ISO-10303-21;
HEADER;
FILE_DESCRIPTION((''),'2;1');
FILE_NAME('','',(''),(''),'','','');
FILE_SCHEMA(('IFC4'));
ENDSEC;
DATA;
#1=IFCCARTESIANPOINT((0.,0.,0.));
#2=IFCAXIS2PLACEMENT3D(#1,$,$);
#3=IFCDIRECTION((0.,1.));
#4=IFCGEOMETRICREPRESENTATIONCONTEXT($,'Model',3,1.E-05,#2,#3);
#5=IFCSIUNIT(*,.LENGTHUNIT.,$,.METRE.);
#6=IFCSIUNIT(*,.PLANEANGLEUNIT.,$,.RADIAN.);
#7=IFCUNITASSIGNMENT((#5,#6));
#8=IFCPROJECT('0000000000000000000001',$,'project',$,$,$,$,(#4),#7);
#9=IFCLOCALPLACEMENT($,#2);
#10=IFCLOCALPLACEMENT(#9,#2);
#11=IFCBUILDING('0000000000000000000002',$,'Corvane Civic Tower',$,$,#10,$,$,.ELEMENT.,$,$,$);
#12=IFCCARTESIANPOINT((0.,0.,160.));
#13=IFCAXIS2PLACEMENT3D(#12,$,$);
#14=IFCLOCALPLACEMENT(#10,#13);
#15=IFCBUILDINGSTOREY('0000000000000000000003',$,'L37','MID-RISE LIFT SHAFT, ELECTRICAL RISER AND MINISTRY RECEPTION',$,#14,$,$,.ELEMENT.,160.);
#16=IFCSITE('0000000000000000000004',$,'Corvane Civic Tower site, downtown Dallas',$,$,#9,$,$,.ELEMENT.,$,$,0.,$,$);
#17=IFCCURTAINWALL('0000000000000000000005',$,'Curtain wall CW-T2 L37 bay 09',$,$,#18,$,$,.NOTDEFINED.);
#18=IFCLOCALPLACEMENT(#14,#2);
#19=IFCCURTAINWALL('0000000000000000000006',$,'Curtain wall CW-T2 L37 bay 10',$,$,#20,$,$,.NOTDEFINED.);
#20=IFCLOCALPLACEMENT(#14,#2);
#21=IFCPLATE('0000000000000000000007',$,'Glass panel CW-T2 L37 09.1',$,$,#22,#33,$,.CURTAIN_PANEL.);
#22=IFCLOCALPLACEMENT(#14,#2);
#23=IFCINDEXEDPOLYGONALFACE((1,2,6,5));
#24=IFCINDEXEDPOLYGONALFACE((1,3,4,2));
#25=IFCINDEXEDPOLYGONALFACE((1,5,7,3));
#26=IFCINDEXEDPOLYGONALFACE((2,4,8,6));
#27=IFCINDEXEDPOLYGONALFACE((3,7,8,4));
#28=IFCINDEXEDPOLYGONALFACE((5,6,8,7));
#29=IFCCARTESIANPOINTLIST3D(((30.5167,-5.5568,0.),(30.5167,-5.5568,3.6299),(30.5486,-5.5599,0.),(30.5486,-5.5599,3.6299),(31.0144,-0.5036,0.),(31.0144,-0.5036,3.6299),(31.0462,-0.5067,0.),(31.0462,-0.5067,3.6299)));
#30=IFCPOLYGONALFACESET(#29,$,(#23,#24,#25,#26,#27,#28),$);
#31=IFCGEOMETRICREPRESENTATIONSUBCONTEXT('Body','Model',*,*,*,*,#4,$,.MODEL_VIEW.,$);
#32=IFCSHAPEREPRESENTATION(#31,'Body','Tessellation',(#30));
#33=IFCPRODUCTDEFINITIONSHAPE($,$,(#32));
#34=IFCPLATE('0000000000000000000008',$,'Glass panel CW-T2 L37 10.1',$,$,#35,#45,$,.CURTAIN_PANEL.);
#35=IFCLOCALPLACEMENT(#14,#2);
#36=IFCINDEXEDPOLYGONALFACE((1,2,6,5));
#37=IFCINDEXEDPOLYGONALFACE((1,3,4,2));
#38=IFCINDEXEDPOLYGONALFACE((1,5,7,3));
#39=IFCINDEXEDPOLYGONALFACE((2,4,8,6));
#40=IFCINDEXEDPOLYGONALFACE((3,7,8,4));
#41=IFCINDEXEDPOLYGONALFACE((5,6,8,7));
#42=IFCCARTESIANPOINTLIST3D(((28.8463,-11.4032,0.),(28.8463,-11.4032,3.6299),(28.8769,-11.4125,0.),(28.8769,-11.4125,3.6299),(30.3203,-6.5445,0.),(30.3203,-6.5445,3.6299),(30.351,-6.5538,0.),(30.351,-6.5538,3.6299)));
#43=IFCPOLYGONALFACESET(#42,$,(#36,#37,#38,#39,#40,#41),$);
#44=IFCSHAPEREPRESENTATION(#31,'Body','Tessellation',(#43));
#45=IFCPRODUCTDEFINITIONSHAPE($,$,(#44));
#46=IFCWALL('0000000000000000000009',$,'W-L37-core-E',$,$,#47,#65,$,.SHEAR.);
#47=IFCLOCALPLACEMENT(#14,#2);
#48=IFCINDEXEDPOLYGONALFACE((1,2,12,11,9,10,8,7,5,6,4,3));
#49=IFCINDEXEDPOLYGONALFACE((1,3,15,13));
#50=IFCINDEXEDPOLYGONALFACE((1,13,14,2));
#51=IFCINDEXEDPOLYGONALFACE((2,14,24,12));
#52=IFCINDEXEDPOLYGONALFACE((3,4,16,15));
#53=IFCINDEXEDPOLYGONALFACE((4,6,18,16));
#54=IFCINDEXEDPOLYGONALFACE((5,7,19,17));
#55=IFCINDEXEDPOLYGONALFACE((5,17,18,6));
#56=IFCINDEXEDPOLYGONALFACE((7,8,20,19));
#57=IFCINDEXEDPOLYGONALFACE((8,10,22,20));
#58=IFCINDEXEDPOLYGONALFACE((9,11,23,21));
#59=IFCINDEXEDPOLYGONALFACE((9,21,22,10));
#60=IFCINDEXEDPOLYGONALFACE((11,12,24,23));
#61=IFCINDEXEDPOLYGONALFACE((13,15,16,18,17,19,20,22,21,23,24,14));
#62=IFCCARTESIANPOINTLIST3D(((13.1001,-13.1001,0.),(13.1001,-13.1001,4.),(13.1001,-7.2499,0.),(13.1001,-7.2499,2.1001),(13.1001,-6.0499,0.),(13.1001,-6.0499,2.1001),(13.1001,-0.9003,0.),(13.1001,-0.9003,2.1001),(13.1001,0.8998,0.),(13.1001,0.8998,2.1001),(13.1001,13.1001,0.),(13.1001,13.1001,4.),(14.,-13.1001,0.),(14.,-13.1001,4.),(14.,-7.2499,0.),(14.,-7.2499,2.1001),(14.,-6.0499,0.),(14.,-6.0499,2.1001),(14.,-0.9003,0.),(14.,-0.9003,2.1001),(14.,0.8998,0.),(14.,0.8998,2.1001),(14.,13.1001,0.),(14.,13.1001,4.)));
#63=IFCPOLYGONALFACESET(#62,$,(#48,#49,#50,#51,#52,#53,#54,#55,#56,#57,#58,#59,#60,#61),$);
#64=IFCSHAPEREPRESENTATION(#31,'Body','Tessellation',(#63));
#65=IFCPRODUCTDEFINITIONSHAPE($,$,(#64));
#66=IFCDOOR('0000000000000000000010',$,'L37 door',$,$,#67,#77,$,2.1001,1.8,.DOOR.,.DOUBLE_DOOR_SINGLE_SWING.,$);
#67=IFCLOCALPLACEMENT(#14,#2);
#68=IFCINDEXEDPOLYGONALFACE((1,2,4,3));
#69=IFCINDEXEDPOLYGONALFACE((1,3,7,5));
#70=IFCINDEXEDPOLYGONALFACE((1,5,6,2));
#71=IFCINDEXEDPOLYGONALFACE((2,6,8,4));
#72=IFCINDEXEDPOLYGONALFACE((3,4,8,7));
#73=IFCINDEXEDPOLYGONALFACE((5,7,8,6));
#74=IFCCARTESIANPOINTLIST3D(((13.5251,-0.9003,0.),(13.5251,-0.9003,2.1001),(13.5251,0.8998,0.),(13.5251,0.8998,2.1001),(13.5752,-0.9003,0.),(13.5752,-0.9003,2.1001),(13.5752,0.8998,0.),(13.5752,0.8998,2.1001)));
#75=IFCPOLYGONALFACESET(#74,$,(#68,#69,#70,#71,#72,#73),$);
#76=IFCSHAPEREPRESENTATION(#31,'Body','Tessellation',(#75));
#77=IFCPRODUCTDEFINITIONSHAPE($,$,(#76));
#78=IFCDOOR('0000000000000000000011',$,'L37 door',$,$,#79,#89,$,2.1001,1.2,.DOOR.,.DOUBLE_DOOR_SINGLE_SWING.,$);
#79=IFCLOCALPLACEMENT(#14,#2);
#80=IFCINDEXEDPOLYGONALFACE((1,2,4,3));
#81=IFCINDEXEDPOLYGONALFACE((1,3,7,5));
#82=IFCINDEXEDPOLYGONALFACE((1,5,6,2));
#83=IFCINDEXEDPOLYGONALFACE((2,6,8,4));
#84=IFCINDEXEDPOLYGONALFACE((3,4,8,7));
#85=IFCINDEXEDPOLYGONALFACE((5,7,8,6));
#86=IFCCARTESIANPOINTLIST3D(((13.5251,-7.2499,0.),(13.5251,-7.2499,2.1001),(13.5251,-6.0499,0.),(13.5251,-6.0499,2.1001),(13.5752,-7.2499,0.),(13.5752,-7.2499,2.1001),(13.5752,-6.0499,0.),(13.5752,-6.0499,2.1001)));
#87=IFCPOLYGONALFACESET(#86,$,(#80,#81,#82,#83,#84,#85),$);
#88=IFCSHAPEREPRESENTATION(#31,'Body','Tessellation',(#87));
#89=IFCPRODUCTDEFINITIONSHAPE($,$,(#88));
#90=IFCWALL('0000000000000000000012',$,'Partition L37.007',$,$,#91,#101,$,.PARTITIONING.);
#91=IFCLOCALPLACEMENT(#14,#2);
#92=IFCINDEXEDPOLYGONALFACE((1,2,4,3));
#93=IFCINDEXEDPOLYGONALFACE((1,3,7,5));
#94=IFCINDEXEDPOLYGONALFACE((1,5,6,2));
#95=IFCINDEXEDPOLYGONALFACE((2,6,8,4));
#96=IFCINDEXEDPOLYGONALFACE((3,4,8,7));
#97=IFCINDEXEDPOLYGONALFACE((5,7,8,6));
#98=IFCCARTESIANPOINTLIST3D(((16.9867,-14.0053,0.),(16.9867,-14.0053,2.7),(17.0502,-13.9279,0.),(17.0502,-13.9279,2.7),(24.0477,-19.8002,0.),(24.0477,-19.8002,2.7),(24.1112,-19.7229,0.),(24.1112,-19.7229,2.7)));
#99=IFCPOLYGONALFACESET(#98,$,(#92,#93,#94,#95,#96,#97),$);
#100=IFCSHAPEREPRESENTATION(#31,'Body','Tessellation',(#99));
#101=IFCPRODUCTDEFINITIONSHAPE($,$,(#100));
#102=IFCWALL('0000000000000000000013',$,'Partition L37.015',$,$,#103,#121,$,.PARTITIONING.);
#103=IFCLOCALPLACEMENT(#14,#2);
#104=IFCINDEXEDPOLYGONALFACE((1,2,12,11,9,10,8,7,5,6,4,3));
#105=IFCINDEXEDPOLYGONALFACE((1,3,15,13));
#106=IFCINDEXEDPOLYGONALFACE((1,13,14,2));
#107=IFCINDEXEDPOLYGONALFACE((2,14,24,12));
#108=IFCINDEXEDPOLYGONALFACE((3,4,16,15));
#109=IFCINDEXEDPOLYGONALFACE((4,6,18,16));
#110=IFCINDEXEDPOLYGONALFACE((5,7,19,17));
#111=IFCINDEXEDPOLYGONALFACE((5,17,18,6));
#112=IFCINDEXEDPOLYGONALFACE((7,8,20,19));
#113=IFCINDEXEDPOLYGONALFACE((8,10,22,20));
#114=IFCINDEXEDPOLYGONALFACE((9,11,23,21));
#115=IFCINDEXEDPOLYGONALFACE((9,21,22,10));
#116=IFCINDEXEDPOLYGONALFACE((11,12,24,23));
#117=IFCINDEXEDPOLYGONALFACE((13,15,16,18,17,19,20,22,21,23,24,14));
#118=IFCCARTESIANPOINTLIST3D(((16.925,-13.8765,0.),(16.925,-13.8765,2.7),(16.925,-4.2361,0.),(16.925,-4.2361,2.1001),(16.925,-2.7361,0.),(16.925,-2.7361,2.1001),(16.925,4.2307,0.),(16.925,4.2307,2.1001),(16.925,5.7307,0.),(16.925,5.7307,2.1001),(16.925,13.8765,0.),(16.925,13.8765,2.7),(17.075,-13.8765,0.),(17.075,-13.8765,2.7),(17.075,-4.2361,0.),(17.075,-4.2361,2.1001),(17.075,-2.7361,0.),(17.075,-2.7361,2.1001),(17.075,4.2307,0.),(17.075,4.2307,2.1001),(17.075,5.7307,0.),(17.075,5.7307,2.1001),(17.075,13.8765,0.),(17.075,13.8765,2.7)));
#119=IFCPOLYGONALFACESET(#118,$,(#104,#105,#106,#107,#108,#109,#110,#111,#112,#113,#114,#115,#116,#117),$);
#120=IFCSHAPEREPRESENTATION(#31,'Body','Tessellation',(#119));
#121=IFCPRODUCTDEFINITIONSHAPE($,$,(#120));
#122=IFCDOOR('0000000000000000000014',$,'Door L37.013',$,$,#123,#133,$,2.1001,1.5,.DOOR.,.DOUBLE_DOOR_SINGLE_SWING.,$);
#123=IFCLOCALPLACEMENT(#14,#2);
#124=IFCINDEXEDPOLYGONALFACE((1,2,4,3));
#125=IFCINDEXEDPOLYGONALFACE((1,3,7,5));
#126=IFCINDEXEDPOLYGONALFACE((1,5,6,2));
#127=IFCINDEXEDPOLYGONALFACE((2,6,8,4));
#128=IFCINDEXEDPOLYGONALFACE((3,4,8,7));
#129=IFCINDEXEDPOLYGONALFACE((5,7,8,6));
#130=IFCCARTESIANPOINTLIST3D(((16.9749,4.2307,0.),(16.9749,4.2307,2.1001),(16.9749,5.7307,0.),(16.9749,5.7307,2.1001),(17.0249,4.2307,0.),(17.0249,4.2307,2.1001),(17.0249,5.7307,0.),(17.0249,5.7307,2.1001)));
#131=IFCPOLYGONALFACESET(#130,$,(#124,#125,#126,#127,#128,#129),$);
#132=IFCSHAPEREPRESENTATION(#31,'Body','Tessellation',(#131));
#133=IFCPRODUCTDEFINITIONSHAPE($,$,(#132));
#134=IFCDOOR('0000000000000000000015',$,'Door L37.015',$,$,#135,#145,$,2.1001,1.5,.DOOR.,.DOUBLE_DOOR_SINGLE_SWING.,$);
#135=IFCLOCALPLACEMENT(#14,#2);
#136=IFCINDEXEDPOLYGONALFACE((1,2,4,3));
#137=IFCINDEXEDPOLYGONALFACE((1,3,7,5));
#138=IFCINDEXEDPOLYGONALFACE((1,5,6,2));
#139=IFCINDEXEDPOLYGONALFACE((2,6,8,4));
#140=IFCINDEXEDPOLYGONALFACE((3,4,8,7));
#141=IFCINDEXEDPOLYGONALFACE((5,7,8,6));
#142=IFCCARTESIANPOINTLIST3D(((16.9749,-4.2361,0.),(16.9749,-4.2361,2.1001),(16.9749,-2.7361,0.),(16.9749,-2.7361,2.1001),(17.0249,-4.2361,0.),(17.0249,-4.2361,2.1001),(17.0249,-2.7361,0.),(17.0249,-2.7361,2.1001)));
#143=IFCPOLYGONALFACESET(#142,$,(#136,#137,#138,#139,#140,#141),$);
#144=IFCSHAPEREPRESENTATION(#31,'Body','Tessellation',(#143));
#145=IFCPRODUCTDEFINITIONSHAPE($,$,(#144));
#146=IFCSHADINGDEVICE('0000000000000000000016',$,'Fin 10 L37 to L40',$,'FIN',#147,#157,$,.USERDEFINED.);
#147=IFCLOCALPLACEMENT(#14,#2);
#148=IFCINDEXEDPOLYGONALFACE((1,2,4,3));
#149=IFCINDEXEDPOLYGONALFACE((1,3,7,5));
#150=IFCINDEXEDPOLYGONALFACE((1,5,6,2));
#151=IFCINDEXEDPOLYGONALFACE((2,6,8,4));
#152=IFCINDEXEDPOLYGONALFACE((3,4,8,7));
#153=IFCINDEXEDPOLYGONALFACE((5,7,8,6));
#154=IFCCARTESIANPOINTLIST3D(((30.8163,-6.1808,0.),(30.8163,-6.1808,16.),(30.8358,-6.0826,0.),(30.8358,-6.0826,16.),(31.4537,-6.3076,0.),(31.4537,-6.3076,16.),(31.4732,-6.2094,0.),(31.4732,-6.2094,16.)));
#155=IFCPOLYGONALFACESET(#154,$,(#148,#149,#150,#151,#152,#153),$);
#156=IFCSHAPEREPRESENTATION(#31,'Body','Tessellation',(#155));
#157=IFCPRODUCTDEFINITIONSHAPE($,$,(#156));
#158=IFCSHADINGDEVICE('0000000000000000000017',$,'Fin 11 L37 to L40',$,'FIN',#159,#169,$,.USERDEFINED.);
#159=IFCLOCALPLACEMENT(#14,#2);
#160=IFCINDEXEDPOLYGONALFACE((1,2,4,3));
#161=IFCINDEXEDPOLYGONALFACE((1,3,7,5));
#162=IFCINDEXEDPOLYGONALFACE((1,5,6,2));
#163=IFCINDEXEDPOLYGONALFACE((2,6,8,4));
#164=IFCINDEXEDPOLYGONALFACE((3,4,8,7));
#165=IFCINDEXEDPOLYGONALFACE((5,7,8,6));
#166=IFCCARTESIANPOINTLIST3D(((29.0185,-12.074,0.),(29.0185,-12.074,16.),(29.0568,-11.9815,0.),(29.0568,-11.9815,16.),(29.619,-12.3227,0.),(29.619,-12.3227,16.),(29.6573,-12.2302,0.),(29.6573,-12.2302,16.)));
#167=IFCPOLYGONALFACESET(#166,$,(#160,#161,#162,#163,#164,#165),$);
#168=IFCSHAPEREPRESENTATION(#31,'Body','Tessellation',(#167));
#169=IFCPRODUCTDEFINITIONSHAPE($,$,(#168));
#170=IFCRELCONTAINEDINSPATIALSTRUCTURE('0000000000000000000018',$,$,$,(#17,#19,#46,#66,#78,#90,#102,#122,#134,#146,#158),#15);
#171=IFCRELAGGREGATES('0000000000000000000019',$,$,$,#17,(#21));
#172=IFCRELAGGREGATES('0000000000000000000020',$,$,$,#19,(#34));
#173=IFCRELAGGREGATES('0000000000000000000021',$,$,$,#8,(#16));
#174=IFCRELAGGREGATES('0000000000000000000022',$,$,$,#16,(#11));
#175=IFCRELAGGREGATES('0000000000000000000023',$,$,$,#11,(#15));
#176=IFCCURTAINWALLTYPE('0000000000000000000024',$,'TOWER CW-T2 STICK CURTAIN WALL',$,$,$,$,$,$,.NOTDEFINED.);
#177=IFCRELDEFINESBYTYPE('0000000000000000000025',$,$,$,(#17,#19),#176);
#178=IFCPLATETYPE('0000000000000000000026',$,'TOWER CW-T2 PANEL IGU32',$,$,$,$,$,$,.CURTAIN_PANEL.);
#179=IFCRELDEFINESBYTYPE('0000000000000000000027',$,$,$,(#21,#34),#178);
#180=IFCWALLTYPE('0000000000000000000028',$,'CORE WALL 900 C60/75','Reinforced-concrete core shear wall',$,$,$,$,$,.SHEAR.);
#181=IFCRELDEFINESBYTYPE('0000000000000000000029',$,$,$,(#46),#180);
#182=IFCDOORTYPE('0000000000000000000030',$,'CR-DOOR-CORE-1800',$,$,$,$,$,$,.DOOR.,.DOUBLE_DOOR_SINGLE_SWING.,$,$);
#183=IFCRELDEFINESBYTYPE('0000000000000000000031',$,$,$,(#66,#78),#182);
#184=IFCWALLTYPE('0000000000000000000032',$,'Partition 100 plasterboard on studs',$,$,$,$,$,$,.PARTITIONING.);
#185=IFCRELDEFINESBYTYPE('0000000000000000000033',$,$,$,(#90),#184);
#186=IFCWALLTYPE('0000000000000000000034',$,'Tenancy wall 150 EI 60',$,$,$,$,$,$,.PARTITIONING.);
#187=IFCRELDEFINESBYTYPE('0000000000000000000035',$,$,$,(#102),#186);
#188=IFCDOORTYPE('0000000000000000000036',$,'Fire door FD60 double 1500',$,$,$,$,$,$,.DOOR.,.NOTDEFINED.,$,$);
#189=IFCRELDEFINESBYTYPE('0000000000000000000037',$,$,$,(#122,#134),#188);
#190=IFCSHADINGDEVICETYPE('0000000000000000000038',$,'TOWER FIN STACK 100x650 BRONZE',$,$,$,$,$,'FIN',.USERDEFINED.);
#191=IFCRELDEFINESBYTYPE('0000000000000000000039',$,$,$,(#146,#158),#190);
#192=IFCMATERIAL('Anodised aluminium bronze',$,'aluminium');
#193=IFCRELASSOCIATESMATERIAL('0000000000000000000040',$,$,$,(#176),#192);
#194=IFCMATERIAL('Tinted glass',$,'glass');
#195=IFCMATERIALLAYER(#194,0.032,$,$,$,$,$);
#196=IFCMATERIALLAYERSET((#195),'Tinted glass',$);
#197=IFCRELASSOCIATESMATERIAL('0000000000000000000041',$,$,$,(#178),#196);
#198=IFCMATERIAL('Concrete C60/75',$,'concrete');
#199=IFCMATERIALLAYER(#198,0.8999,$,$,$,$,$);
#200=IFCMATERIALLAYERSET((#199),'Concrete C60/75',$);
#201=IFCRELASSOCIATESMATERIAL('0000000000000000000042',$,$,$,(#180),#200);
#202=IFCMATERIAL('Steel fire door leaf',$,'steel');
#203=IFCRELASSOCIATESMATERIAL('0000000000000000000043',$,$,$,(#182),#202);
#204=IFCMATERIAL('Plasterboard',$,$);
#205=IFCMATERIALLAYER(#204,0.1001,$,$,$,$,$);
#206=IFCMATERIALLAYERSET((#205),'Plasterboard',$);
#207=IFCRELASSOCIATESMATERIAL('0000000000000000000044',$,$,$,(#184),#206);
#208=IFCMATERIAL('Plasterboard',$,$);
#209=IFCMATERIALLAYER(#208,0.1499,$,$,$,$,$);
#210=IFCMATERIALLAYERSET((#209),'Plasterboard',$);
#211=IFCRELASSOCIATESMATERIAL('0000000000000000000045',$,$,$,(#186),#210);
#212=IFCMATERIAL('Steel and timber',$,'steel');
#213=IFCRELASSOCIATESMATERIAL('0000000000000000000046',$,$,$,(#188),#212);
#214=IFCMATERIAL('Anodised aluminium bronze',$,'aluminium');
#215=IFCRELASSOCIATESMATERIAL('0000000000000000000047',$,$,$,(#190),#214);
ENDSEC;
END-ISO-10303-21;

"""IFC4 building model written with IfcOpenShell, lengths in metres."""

from ifc_helpers import new_model, si_unit, direction, frame, frame_2d, origin, origin_2d, place, context, subcontext, project, spatial, rectangle, extrude, material, layer, layer_set, material_profile, profile_set, type_object, element, fill, aggregate, save


model = new_model("IFC4")

# Units and contexts
model_context = context("Model", 3, precision=1e-05, world=origin(), true_north=direction((0.0, 1.0)))
body_context = subcontext(model_context, "Body", "Model", "MODEL_VIEW")
ifc_project = project(units=[si_unit("LENGTHUNIT", "METRE"), si_unit("PLANEANGLEUNIT", "RADIAN")], contexts=[model_context])

# Site, building, storey
site_placement = place(None, origin())
site = spatial("IfcSite", under=ifc_project, at=site_placement, Name="Corvane Civic Tower site, downtown Dallas", CompositionType="ELEMENT", RefElevation=0.0)
building_placement = place(site_placement, origin())
building = spatial("IfcBuilding", under=site, at=building_placement, Name="Corvane Civic Tower", CompositionType="ELEMENT")
storey_placement = place(building_placement, frame((0.0, 0.0, 160.0)))
storey = spatial("IfcBuildingStorey", under=building, at=storey_placement, Name="L37", Description="MID-RISE LIFT SHAFT, ELECTRICAL RISER AND MINISTRY RECEPTION", CompositionType="ELEMENT", Elevation=160.0)

# Curtain walls
ifc_material_1 = material(Name="Anodised aluminium bronze", Category="aluminium")
curtain_wall_type = type_object("IfcCurtainWallType", Name="TOWER CW-T2 STICK CURTAIN WALL", PredefinedType="NOTDEFINED", material=ifc_material_1)
curtain_wall_1_placement = place(storey_placement, origin())
curtain_wall_1 = element("IfcCurtainWall", 1, at=curtain_wall_1_placement, inside=storey, type_object=curtain_wall_type, Name="Curtain wall CW-T2 L37 bay 09", PredefinedType="NOTDEFINED")
curtain_wall_2_placement = place(storey_placement, origin())
curtain_wall_2 = element("IfcCurtainWall", 2, at=curtain_wall_2_placement, inside=storey, type_object=curtain_wall_type, Name="Curtain wall CW-T2 L37 bay 10", PredefinedType="NOTDEFINED")

# Plates
ifc_material_2 = material(Name="Tinted glass", Category="glass")
ifc_layer_1 = layer(ifc_material_2, 0.032)
ifc_layer_set_1 = layer_set([ifc_layer_1], Name="Tinted glass")
plate_type = type_object("IfcPlateType", Name="TOWER CW-T2 PANEL IGU32", PredefinedType="CURTAIN_PANEL", material=ifc_layer_set_1)
plate_1_placement = place(storey_placement, frame((30.7815, -3.0317, 0.0), z_axis=(0.0, 0.0, 1.0), x_axis=(-0.098012, -0.995185, 0.0)))
plate_1 = element("IfcPlate", 3, at=plate_1_placement, type_object=plate_type, Name="Glass panel CW-T2 L37 09.1", PredefinedType="CURTAIN_PANEL", context=body_context, shape_type="SweptSolid", body=[
    extrude(rectangle(XDim=5.0776, YDim=0.032, at=origin_2d()), origin(), (0.0, 0.0, 1.0), 3.6299),
])
aggregate(curtain_wall_1, [plate_1])
plate_2_placement = place(storey_placement, frame((29.5986, -8.9785, 0.0), z_axis=(0.0, 0.0, 1.0), x_axis=(-0.290313, -0.956932, 0.0)))
plate_2 = element("IfcPlate", 4, at=plate_2_placement, type_object=plate_type, Name="Glass panel CW-T2 L37 10.1", PredefinedType="CURTAIN_PANEL", context=body_context, shape_type="SweptSolid", body=[
    extrude(rectangle(XDim=5.0774, YDim=0.032, at=origin_2d()), origin(), (0.0, 0.0, 1.0), 3.6299),
])
aggregate(curtain_wall_2, [plate_2])

# Wall, openings, doors
ifc_material_3 = material(Name="Concrete C60/75", Category="concrete")
ifc_layer_2 = layer(ifc_material_3, 0.8999)
ifc_layer_set_2 = layer_set([ifc_layer_2], Name="Concrete C60/75")
wall_type_1 = type_object("IfcWallType", Name="CORE WALL 900 C60/75", Description="Reinforced-concrete core shear wall", PredefinedType="SHEAR", material=ifc_layer_set_2)
wall_1_placement = place(storey_placement, frame((13.55, -13.1001, 0.0), z_axis=(0.0, 0.0, 1.0), x_axis=(0.0, 1.0, 0.0)))
wall_1 = element("IfcWall", 5, at=wall_1_placement, inside=storey, type_object=wall_type_1, Name="W-L37-core-E", PredefinedType="SHEAR", context=body_context, shape_type="SweptSolid", body=[
    extrude(rectangle(XDim=26.2002, YDim=0.8999, at=frame_2d((13.1001, 0.0))), origin(), (0.0, 0.0, 1.0), 4.0),
])
opening_1_placement = place(wall_1_placement, frame((12.2, 0.0, 0.0)))
opening_1 = element("IfcOpeningElement", 6, at=opening_1_placement, cuts=wall_1, PredefinedType="OPENING", context=body_context, shape_type="SweptSolid", body=[
    extrude(rectangle(XDim=1.8, YDim=2.1001, at=frame_2d((0.8999, 1.05))), frame((0.0, 0.46, 0.0), z_axis=(0.0, -1.0, 0.0), x_axis=(1.0, 0.0, 0.0)), (0.0, 0.0, 1.0), 0.9199),
])
opening_2_placement = place(wall_1_placement, frame((5.8501, 0.0, 0.0)))
opening_2 = element("IfcOpeningElement", 7, at=opening_2_placement, cuts=wall_1, PredefinedType="OPENING", context=body_context, shape_type="SweptSolid", body=[
    extrude(rectangle(XDim=1.2, YDim=2.1001, at=frame_2d((0.6001, 1.05))), frame((0.0, 0.46, 0.0), z_axis=(0.0, -1.0, 0.0), x_axis=(1.0, 0.0, 0.0)), (0.0, 0.0, 1.0), 0.9199),
])
ifc_material_4 = material(Name="Steel fire door leaf", Category="steel")
door_type_1 = type_object("IfcDoorType", Name="CR-DOOR-CORE-1800", OperationType="DOUBLE_DOOR_SINGLE_SWING", PredefinedType="DOOR", material=ifc_material_4)
door_1_placement = place(opening_1_placement, origin())
door_1 = element("IfcDoor", 8, at=door_1_placement, inside=storey, type_object=door_type_1, Name="L37 door", OperationType="DOUBLE_DOOR_SINGLE_SWING", OverallHeight=2.1001, OverallWidth=1.8, PredefinedType="DOOR", context=body_context, shape_type="SweptSolid", body=[
    extrude(rectangle(XDim=1.8, YDim=2.1001, at=frame_2d((0.8999, 1.05))), frame((0.0, 0.0249, 0.0), z_axis=(0.0, -1.0, 0.0), x_axis=(1.0, 0.0, 0.0)), (0.0, 0.0, 1.0), 0.05),
])
fill(opening_1, door_1)
door_2_placement = place(opening_2_placement, origin())
door_2 = element("IfcDoor", 9, at=door_2_placement, inside=storey, type_object=door_type_1, Name="L37 door", OperationType="DOUBLE_DOOR_SINGLE_SWING", OverallHeight=2.1001, OverallWidth=1.2, PredefinedType="DOOR", context=body_context, shape_type="SweptSolid", body=[
    extrude(rectangle(XDim=1.2, YDim=2.1001, at=frame_2d((0.6001, 1.05))), frame((0.0, 0.0249, 0.0), z_axis=(0.0, -1.0, 0.0), x_axis=(1.0, 0.0, 0.0)), (0.0, 0.0, 1.0), 0.05),
])
fill(opening_2, door_2)

# Wall
ifc_material_5 = material(Name="Plasterboard")
ifc_layer_3 = layer(ifc_material_5, 0.1001)
ifc_layer_set_3 = layer_set([ifc_layer_3], Name="Plasterboard")
wall_type_2 = type_object("IfcWallType", Name="Partition 100 plasterboard on studs", PredefinedType="PARTITIONING", material=ifc_layer_set_3)
wall_2_placement = place(storey_placement, frame((17.0183, -13.9666, 0.0), z_axis=(0.0, 0.0, 1.0), x_axis=(0.773006, -0.634399, 0.0)))
element("IfcWall", 10, at=wall_2_placement, inside=storey, type_object=wall_type_2, Name="Partition L37.007", PredefinedType="PARTITIONING", context=body_context, shape_type="SweptSolid", body=[
    extrude(rectangle(XDim=9.1345, YDim=0.1001, at=frame_2d((4.5674, 0.0))), origin(), (0.0, 0.0, 1.0), 2.7),
])

# Wall, openings, doors
ifc_material_6 = material(Name="Plasterboard")
ifc_layer_4 = layer(ifc_material_6, 0.1499)
ifc_layer_set_4 = layer_set([ifc_layer_4], Name="Plasterboard")
wall_type_3 = type_object("IfcWallType", Name="Tenancy wall 150 EI 60", PredefinedType="PARTITIONING", material=ifc_layer_set_4)
wall_3_placement = place(storey_placement, frame((17.0, -13.8765, 0.0), z_axis=(0.0, 0.0, 1.0), x_axis=(0.0, 1.0, 0.0)))
wall_3 = element("IfcWall", 11, at=wall_3_placement, inside=storey, type_object=wall_type_3, Name="Partition L37.015", PredefinedType="PARTITIONING", context=body_context, shape_type="SweptSolid", body=[
    extrude(rectangle(XDim=27.7529, YDim=0.1499, at=frame_2d((13.8765, 0.0))), origin(), (0.0, 0.0, 1.0), 2.7),
])
opening_3_placement = place(wall_3_placement, frame((18.1072, 0.0, 0.0)))
opening_3 = element("IfcOpeningElement", 12, at=opening_3_placement, cuts=wall_3, PredefinedType="OPENING", context=body_context, shape_type="SweptSolid", body=[
    extrude(rectangle(XDim=1.5, YDim=2.1001, at=frame_2d((0.75, 1.05))), frame((0.0, 0.085, 0.0), z_axis=(0.0, -1.0, 0.0), x_axis=(1.0, 0.0, 0.0)), (0.0, 0.0, 1.0), 0.1699),
])
opening_4_placement = place(wall_3_placement, frame((9.6404, 0.0, 0.0)))
opening_4 = element("IfcOpeningElement", 13, at=opening_4_placement, cuts=wall_3, PredefinedType="OPENING", context=body_context, shape_type="SweptSolid", body=[
    extrude(rectangle(XDim=1.5, YDim=2.1001, at=frame_2d((0.75, 1.05))), frame((0.0, 0.085, 0.0), z_axis=(0.0, -1.0, 0.0), x_axis=(1.0, 0.0, 0.0)), (0.0, 0.0, 1.0), 0.1699),
])
ifc_material_7 = material(Name="Steel and timber", Category="steel")
door_type_2 = type_object("IfcDoorType", Name="Fire door FD60 double 1500", OperationType="NOTDEFINED", PredefinedType="DOOR", material=ifc_material_7)
door_3_placement = place(opening_3_placement, frame((1.5, 0.0, 0.0), z_axis=(0.0, 0.0, 1.0), x_axis=(-1.0, 0.0, 0.0)))
door_3 = element("IfcDoor", 14, at=door_3_placement, inside=storey, type_object=door_type_2, Name="Door L37.013", OperationType="DOUBLE_DOOR_SINGLE_SWING", OverallHeight=2.1001, OverallWidth=1.5, PredefinedType="DOOR", context=body_context, shape_type="SweptSolid", body=[
    extrude(rectangle(XDim=1.5, YDim=2.1001, at=frame_2d((0.75, 1.05))), frame((0.0, 0.0249, 0.0), z_axis=(0.0, -1.0, 0.0), x_axis=(1.0, 0.0, 0.0)), (0.0, 0.0, 1.0), 0.05),
])
fill(opening_3, door_3)
door_4_placement = place(opening_4_placement, frame((1.5, 0.0, 0.0), z_axis=(0.0, 0.0, 1.0), x_axis=(-1.0, 0.0, 0.0)))
door_4 = element("IfcDoor", 15, at=door_4_placement, inside=storey, type_object=door_type_2, Name="Door L37.015", OperationType="DOUBLE_DOOR_SINGLE_SWING", OverallHeight=2.1001, OverallWidth=1.5, PredefinedType="DOOR", context=body_context, shape_type="SweptSolid", body=[
    extrude(rectangle(XDim=1.5, YDim=2.1001, at=frame_2d((0.75, 1.05))), frame((0.0, 0.0249, 0.0), z_axis=(0.0, -1.0, 0.0), x_axis=(1.0, 0.0, 0.0)), (0.0, 0.0, 1.0), 0.05),
])
fill(opening_4, door_4)

# Shading devices
ifc_material_8 = material(Name="Anodised aluminium bronze", Category="aluminium")
ifc_material_profile_1 = material_profile(ifc_material_8, rectangle(XDim=0.1001, YDim=0.6499, at=origin_2d()), Name="TOWER FIN STACK 100x650 BRONZE")
ifc_profile_set_1 = profile_set([ifc_material_profile_1], Name="Anodised aluminium bronze")
shading_device_type = type_object("IfcShadingDeviceType", Name="TOWER FIN STACK 100x650 BRONZE", ElementType="FIN", PredefinedType="USERDEFINED", material=ifc_profile_set_1)
for number, where, z_axis, x_axis, name in (
    (16, (31.1448, -6.1951, 0.0), (0.0, 0.0, 1.0), (-0.19509, -0.980785, 0.0), "Fin 10 L37 to L40"),
    (17, (29.3379, -12.1521, 0.0), (0.0, 0.0, 1.0), (-0.382683, -0.92388, 0.0), "Fin 11 L37 to L40"),
):
    element("IfcShadingDevice", number, at=place(storey_placement, frame(where, z_axis=z_axis, x_axis=x_axis)), inside=storey, type_object=shading_device_type, Name=name, ObjectType="FIN", PredefinedType="USERDEFINED", context=body_context, shape_type="SweptSolid", body=[
        extrude(rectangle(XDim=0.1001, YDim=0.6499, at=origin_2d()), origin(), (0.0, 0.0, 1.0), 16.0),
    ])

save(model, "model.ifc")
